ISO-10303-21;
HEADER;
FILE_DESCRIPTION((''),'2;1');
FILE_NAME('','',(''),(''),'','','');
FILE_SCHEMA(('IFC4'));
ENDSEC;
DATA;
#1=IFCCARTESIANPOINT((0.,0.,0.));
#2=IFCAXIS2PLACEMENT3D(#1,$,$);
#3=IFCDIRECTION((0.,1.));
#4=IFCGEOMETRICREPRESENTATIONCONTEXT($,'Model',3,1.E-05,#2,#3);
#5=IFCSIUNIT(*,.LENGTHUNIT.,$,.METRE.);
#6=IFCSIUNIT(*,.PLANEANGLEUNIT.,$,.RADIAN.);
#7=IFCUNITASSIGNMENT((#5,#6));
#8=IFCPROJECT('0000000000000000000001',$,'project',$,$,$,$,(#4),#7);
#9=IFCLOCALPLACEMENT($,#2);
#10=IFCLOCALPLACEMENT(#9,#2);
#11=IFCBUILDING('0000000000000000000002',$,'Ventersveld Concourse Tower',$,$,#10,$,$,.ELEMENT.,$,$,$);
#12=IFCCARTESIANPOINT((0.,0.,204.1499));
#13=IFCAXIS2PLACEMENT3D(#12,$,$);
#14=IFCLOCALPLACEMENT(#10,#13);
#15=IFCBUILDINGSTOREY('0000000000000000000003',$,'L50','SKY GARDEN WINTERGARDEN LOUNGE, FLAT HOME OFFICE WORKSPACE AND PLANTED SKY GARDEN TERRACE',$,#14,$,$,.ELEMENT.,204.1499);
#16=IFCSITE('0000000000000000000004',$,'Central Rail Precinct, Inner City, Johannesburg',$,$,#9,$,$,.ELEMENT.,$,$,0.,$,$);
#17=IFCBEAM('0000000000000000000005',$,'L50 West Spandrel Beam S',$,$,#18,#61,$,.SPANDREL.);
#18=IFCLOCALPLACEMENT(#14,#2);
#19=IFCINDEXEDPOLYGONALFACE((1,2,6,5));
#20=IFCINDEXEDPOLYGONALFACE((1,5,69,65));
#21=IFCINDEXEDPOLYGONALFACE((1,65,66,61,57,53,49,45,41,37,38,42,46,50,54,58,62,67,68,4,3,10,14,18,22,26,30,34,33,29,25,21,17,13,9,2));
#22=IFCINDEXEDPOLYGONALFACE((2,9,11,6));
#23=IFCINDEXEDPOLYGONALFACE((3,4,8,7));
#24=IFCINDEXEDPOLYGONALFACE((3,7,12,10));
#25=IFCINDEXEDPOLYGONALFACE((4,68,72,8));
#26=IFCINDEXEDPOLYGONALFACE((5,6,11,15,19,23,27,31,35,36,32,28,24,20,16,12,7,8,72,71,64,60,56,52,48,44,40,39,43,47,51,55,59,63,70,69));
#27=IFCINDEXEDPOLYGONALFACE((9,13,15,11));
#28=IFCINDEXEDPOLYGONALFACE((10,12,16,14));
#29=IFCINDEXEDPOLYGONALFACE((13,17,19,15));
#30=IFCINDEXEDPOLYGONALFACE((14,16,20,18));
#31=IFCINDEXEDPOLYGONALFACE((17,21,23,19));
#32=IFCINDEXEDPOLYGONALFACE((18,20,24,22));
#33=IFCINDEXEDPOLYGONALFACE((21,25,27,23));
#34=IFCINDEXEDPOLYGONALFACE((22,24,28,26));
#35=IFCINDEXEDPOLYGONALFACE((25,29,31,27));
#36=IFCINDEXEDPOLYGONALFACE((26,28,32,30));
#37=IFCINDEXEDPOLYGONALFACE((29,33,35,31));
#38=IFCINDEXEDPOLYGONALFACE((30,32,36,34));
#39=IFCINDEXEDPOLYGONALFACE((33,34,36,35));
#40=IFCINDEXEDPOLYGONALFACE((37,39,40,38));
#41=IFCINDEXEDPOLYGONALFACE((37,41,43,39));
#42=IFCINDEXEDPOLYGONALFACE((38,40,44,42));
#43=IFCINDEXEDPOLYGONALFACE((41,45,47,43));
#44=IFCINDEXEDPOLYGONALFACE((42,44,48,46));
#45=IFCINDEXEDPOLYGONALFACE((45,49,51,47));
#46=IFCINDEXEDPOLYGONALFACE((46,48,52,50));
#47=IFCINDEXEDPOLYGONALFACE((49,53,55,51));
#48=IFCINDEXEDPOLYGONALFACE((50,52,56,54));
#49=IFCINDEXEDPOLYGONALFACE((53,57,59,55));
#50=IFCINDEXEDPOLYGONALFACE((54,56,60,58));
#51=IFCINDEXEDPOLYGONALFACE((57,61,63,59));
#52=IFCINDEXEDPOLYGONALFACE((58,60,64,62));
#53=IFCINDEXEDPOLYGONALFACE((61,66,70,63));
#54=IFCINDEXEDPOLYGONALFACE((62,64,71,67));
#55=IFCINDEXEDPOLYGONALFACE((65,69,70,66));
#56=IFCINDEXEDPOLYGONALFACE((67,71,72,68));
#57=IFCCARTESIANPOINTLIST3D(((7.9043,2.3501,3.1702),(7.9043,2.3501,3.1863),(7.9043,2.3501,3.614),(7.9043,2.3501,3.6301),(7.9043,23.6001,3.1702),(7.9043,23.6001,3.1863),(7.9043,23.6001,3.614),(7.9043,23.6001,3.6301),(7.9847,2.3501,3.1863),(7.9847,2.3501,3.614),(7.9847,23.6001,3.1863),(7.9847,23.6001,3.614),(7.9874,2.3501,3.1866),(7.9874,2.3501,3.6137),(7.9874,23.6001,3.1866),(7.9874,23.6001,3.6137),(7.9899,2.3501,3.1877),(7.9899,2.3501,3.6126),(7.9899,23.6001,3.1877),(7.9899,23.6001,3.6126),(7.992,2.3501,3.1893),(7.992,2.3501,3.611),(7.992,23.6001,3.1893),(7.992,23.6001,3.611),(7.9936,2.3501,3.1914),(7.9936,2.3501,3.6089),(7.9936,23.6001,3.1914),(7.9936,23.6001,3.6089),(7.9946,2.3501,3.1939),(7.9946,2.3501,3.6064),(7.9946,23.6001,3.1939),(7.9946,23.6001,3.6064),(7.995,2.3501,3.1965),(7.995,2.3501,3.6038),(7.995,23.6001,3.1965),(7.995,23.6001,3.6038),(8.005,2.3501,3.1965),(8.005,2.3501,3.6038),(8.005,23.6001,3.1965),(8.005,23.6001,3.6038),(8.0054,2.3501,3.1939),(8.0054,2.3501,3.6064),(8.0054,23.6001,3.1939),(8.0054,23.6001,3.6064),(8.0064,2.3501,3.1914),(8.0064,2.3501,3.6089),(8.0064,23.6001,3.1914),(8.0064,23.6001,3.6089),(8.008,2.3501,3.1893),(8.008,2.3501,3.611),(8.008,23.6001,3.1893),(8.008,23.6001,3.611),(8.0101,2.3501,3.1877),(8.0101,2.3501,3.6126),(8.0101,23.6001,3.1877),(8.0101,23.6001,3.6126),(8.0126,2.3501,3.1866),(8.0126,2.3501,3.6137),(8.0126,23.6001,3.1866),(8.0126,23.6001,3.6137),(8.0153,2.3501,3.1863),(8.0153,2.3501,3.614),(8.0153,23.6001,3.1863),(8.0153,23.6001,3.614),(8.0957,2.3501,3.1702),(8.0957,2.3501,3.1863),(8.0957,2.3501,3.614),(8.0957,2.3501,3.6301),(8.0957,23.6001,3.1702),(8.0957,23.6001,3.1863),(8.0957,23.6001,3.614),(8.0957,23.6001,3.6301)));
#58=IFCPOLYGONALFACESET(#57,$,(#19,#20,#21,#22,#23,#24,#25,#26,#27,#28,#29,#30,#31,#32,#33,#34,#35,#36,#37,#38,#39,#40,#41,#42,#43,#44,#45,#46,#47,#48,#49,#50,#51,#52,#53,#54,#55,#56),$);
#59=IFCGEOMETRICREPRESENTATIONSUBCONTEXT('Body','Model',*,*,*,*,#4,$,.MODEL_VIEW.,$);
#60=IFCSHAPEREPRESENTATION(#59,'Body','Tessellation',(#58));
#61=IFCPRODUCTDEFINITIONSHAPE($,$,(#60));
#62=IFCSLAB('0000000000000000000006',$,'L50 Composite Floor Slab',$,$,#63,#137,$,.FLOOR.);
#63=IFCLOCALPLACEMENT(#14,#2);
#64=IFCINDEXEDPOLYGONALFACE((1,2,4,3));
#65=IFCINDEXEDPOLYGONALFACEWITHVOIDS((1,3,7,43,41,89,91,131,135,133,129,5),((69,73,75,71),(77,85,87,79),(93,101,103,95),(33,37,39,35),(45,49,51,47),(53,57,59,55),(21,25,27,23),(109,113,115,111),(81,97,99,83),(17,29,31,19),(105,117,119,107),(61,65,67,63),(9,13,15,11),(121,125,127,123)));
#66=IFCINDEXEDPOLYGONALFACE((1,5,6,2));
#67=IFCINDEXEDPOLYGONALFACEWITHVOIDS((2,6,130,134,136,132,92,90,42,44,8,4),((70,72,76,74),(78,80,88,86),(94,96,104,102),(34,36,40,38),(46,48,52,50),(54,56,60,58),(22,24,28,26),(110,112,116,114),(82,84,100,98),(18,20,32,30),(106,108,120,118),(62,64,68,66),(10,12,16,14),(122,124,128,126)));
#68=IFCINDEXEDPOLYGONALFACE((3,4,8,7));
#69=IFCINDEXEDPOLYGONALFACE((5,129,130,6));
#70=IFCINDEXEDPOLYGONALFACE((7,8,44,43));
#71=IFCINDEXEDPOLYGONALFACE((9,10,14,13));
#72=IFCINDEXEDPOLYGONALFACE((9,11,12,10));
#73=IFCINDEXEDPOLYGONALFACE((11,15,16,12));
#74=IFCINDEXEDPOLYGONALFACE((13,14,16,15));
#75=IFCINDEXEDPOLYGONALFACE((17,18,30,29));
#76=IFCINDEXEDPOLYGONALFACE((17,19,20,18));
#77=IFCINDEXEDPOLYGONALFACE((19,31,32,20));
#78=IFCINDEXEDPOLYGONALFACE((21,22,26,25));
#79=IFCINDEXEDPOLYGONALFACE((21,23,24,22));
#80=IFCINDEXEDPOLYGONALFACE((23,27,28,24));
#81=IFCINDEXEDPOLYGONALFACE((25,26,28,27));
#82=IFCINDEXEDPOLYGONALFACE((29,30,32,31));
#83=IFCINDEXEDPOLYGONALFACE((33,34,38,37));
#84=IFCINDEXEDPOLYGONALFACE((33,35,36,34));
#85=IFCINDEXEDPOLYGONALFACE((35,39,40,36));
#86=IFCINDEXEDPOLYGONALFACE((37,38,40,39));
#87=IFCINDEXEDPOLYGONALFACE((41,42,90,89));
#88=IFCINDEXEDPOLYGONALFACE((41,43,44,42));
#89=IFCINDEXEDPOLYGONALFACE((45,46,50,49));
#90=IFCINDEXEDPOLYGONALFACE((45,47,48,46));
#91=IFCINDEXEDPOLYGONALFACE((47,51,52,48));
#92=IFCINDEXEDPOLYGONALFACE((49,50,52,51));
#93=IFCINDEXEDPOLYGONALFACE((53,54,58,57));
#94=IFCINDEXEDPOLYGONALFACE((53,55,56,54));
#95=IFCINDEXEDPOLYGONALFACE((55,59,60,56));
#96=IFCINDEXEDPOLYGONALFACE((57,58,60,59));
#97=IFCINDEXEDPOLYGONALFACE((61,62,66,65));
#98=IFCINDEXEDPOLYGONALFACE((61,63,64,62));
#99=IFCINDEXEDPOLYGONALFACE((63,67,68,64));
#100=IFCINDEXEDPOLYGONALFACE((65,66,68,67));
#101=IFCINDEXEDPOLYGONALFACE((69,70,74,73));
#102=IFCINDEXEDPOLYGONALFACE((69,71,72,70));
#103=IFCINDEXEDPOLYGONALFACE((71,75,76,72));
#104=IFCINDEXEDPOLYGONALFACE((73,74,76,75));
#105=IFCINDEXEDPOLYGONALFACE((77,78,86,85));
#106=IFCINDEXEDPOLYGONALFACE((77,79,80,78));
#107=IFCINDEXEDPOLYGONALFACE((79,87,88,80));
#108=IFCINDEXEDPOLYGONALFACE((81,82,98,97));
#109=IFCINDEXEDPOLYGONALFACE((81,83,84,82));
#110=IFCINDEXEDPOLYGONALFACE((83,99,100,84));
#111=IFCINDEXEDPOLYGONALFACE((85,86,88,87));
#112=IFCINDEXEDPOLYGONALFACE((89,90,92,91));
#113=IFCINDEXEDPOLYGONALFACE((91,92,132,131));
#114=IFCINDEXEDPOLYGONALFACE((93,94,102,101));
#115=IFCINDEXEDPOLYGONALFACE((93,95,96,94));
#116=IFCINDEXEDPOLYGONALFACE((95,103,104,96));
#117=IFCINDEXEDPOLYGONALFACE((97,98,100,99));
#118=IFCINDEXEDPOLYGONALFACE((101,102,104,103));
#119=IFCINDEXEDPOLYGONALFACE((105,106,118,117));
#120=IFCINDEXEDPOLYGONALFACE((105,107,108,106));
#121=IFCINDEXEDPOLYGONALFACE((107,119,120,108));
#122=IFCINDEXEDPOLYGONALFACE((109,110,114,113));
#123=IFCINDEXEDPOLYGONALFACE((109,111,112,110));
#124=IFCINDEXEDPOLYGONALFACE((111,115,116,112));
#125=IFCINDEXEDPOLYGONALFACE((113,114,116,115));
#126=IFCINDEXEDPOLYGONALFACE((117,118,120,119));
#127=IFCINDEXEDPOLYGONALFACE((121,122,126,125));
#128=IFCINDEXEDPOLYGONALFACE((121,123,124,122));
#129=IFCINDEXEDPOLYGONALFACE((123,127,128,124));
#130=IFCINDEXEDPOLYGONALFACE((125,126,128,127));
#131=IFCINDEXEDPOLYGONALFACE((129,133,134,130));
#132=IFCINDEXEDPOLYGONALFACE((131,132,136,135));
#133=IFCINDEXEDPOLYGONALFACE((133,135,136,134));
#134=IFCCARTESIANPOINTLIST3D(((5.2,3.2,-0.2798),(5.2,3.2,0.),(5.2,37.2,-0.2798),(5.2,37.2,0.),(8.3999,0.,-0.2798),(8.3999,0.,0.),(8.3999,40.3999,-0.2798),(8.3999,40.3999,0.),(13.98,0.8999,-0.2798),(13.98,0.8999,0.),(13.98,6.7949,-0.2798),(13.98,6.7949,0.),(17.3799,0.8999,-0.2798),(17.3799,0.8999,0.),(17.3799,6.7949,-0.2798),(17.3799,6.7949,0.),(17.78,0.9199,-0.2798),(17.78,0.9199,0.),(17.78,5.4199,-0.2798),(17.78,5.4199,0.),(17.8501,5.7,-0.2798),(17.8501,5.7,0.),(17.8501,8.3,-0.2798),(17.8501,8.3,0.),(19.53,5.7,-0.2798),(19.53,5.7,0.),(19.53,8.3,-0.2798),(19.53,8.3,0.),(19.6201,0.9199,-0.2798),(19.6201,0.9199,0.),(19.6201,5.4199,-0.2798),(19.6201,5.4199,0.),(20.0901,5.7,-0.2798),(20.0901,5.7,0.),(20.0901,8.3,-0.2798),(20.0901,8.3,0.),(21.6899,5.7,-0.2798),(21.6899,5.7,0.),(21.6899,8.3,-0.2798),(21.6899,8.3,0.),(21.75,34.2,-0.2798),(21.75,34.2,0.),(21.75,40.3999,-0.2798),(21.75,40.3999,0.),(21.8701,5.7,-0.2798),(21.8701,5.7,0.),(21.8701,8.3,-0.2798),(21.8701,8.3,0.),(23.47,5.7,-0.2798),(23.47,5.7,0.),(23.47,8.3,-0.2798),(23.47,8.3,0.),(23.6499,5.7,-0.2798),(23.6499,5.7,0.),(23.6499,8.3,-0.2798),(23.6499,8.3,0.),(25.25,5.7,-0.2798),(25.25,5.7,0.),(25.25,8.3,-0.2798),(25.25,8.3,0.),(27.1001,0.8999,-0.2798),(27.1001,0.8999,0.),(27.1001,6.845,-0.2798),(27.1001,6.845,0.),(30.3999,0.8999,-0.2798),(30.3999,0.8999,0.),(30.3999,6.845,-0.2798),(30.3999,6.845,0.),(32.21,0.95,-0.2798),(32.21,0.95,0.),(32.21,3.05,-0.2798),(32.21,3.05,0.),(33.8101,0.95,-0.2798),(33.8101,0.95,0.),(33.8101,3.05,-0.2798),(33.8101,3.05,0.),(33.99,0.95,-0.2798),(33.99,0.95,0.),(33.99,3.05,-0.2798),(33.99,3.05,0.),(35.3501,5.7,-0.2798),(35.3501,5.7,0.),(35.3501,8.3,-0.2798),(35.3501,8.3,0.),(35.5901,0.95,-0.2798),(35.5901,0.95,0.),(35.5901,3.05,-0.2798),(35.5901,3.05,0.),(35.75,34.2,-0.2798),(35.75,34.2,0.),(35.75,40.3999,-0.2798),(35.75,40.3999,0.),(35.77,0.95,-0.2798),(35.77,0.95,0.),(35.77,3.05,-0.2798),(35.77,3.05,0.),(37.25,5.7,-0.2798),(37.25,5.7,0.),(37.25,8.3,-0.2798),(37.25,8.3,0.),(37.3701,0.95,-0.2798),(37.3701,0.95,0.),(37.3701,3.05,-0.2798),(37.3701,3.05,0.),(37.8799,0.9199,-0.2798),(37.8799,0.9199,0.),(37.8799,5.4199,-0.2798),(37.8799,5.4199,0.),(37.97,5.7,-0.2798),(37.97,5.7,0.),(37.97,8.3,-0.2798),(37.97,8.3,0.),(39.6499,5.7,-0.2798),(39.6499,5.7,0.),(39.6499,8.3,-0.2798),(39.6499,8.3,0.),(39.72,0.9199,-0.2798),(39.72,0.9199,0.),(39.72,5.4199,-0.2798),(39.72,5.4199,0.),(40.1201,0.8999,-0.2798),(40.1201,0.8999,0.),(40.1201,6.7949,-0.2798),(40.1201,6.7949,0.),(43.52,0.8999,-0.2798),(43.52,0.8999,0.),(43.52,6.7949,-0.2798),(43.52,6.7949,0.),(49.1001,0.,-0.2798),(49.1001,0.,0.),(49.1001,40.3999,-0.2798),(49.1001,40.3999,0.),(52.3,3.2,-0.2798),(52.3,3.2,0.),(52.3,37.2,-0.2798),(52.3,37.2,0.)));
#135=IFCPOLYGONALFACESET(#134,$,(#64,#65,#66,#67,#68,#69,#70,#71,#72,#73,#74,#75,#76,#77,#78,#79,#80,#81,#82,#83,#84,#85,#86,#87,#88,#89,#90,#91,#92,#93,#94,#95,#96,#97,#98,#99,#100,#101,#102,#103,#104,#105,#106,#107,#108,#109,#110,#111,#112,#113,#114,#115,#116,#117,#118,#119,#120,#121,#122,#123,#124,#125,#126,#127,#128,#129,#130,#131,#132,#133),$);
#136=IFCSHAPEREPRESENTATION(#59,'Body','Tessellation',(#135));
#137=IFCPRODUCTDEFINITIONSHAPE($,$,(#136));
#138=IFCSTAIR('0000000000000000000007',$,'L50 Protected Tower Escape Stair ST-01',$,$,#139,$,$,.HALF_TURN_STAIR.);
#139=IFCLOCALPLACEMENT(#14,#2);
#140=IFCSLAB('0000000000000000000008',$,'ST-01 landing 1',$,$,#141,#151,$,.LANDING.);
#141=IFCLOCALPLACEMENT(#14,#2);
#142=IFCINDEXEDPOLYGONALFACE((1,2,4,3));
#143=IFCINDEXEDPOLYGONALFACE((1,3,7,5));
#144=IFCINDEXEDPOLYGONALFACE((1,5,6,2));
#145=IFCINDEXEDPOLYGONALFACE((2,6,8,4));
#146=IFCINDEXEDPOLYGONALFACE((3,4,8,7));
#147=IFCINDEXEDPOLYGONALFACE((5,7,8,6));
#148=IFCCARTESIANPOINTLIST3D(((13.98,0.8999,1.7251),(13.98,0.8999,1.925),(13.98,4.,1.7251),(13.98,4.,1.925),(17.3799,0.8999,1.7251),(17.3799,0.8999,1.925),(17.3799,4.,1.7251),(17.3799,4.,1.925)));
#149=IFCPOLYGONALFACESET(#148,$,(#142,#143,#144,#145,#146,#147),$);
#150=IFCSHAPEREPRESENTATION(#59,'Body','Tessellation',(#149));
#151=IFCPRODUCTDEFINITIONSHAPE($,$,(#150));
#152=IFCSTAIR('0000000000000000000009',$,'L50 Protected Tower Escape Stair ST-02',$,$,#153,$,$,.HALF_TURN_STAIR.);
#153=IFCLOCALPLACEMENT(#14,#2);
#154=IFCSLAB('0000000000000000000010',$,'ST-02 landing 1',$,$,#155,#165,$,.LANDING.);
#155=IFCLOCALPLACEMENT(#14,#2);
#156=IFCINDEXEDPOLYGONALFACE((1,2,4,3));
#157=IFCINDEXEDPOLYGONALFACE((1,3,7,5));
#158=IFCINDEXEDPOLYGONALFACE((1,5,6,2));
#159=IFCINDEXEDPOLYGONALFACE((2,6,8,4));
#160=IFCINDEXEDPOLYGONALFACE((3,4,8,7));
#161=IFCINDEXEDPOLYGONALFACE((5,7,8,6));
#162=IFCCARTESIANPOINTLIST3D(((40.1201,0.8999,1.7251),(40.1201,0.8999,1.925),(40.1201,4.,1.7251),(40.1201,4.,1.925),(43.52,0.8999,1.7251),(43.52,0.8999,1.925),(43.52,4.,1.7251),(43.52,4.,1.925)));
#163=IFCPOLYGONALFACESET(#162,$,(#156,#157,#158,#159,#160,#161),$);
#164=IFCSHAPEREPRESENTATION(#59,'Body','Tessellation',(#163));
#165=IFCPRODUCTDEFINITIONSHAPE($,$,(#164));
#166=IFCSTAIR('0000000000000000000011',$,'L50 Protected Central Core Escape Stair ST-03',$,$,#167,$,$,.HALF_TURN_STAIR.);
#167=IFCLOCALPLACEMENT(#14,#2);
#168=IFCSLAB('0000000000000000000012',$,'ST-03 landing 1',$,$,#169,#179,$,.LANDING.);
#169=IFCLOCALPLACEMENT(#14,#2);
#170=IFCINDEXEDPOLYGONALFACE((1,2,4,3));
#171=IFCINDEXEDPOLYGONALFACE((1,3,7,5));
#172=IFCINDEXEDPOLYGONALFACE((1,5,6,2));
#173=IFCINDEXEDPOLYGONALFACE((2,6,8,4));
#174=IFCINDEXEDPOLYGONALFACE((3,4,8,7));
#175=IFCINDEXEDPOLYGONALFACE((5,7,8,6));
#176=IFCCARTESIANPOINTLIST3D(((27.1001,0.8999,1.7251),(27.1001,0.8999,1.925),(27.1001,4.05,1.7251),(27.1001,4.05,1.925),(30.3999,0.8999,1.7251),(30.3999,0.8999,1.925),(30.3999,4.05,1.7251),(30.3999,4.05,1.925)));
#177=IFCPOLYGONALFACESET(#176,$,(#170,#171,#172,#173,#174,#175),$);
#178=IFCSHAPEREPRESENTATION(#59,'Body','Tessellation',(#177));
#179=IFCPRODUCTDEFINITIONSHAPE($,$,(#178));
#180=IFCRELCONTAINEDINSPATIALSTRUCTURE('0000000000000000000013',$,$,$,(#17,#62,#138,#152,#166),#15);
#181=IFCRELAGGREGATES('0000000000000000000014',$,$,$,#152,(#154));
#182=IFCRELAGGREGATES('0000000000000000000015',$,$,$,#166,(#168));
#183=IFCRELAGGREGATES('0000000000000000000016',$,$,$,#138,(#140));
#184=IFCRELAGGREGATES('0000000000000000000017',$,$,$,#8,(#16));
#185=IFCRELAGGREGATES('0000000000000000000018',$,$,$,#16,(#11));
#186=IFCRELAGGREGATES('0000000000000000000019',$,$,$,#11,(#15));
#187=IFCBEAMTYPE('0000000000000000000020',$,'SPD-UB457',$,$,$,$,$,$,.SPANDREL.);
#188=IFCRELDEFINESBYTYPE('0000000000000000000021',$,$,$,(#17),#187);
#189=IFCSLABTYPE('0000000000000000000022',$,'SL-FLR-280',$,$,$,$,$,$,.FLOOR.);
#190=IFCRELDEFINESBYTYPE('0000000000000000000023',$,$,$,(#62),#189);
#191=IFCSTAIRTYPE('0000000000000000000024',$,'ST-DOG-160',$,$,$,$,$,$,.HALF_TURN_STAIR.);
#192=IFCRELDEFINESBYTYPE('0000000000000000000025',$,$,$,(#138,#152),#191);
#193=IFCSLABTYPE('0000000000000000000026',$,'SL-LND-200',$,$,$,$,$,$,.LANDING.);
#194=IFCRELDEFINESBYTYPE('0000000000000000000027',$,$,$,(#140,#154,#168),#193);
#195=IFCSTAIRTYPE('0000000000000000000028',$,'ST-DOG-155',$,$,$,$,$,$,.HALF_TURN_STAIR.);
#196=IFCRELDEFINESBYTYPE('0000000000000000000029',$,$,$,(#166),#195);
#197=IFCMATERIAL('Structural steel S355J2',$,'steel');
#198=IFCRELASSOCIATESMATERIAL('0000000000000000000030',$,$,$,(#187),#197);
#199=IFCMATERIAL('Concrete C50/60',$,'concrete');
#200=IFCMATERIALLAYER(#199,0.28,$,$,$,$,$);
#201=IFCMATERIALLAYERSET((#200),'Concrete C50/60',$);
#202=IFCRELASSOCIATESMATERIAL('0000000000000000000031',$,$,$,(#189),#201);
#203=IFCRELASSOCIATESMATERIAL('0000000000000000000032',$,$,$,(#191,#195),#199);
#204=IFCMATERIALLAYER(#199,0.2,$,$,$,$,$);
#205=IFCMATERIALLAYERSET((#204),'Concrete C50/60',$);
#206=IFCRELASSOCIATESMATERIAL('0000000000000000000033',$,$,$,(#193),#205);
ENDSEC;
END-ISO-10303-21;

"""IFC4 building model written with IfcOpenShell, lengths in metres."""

from ifc_helpers import new_model, si_unit, direction, frame, origin, origin_2d, place, context, subcontext, project, spatial, polyline, i_section, outline, extrude, material, layer, layer_set, material_profile, profile_set, type_object, element, aggregate, save


model = new_model("IFC4")

# Units and contexts
model_context = context("Model", 3, precision=1e-05, world=origin(), true_north=direction((0.0, 1.0)))
body_context = subcontext(model_context, "Body", "Model", "MODEL_VIEW")
ifc_project = project(units=[si_unit("LENGTHUNIT", "METRE"), si_unit("PLANEANGLEUNIT", "RADIAN")], contexts=[model_context])

# Site, building, storey
site_placement = place(None, origin())
site = spatial("IfcSite", under=ifc_project, at=site_placement, Name="Central Rail Precinct, Inner City, Johannesburg", CompositionType="ELEMENT", RefElevation=0.0)
building_placement = place(site_placement, origin())
building = spatial("IfcBuilding", under=site, at=building_placement, Name="Ventersveld Concourse Tower", CompositionType="ELEMENT")
storey_placement = place(building_placement, frame((0.0, 0.0, 204.1499)))
storey = spatial("IfcBuildingStorey", under=building, at=storey_placement, Name="L50", Description="SKY GARDEN WINTERGARDEN LOUNGE, FLAT HOME OFFICE WORKSPACE AND PLANTED SKY GARDEN TERRACE", CompositionType="ELEMENT", Elevation=204.1499)

# Shared definitions
ifc_material_1 = material(Name="Concrete C50/60", Category="concrete")

# Shared definitions
ifc_material_2 = material(Name="Structural steel S355J2", Category="steel")

# Beam
ifc_material_profile_1 = material_profile(ifc_material_2, i_section(OverallWidth=0.1914, OverallDepth=0.46, WebThickness=0.01, FlangeThickness=0.0161, FilletRadius=0.0103, at=origin_2d()), Name="UB 457x191x82")
ifc_profile_set_1 = profile_set([ifc_material_profile_1], Name="Structural steel S355J2")
beam_type_1 = type_object("IfcBeamType", Name="SPD-UB457", PredefinedType="SPANDREL", material=ifc_profile_set_1)
beam_1_placement = place(storey_placement, frame((8.0, 2.3501, 3.4001), z_axis=(0.0, 1.0, 0.0), x_axis=(-1.0, 0.0, 0.0)))
element("IfcBeam", 1, at=beam_1_placement, inside=storey, type_object=beam_type_1, Name="L50 West Spandrel Beam S", PredefinedType="SPANDREL", context=body_context, shape_type="SweptSolid", body=[
    extrude(i_section(OverallWidth=0.1914, OverallDepth=0.46, WebThickness=0.01, FlangeThickness=0.0161, FilletRadius=0.0103, at=origin_2d()), origin(), (0.0, 0.0, 1.0), 21.25),
])

# Slab
ifc_layer_1 = layer(ifc_material_1, 0.28)
ifc_layer_set_1 = layer_set([ifc_layer_1], Name="Concrete C50/60")
slab_type_1 = type_object("IfcSlabType", Name="SL-FLR-280", PredefinedType="FLOOR", material=ifc_layer_set_1)
slab_1_placement = place(storey_placement, frame((0.0, 0.0, -0.2798)))
element("IfcSlab", 2, at=slab_1_placement, inside=storey, type_object=slab_type_1, Name="L50 Composite Floor Slab", PredefinedType="FLOOR", context=body_context, shape_type="SweptSolid", body=[
    extrude(outline(polyline([(8.3999, 0.0), (49.1001, 0.0), (52.3, 3.2), (52.3, 37.2), (49.1001, 40.3999), (35.75, 40.3999), (35.75, 34.2), (21.75, 34.2), (21.75, 40.3999), (8.3999, 40.3999), (5.2, 37.2), (5.2, 3.2), (8.3999, 0.0)]), holes=[polyline([(13.98, 6.7949), (13.98, 0.8999), (17.3799, 0.8999), (17.3799, 6.7949), (13.98, 6.7949)]), polyline([(40.1201, 6.7949), (40.1201, 0.8999), (43.52, 0.8999), (43.52, 6.7949), (40.1201, 6.7949)]), polyline([(27.1001, 6.845), (27.1001, 0.8999), (30.3999, 0.8999), (30.3999, 6.845), (27.1001, 6.845)]), polyline([(17.8501, 5.7), (19.53, 5.7), (19.53, 8.3), (17.8501, 8.3), (17.8501, 5.7)]), polyline([(37.97, 5.7), (39.6499, 5.7), (39.6499, 8.3), (37.97, 8.3), (37.97, 5.7)]), polyline([(35.3501, 5.7), (37.25, 5.7), (37.25, 8.3), (35.3501, 8.3), (35.3501, 5.7)]), polyline([(32.21, 0.95), (33.8101, 0.95), (33.8101, 3.05), (32.21, 3.05), (32.21, 0.95)]), polyline([(33.99, 0.95), (35.5901, 0.95), (35.5901, 3.05), (33.99, 3.05), (33.99, 0.95)]), polyline([(35.77, 0.95), (37.3701, 0.95), (37.3701, 3.05), (35.77, 3.05), (35.77, 0.95)]), polyline([(20.0901, 5.7), (21.6899, 5.7), (21.6899, 8.3), (20.0901, 8.3), (20.0901, 5.7)]), polyline([(21.8701, 5.7), (23.47, 5.7), (23.47, 8.3), (21.8701, 8.3), (21.8701, 5.7)]), polyline([(23.6499, 5.7), (25.25, 5.7), (25.25, 8.3), (23.6499, 8.3), (23.6499, 5.7)]), polyline([(17.78, 0.9199), (19.6201, 0.9199), (19.6201, 5.4199), (17.78, 5.4199), (17.78, 0.9199)]), polyline([(37.8799, 0.9199), (39.72, 0.9199), (39.72, 5.4199), (37.8799, 5.4199), (37.8799, 0.9199)])]), origin(), (0.0, 0.0, 1.0), 0.2798),
])

# Stairs, slabs
stair_type_1 = type_object("IfcStairType", Name="ST-DOG-160", PredefinedType="HALF_TURN_STAIR", material=ifc_material_1)
stair_1_placement = place(storey_placement, origin())
stair_1 = element("IfcStair", 3, at=stair_1_placement, inside=storey, type_object=stair_type_1, Name="L50 Protected Tower Escape Stair ST-01", PredefinedType="HALF_TURN_STAIR")
ifc_layer_2 = layer(ifc_material_1, 0.2)
ifc_layer_set_2 = layer_set([ifc_layer_2], Name="Concrete C50/60")
slab_type_2 = type_object("IfcSlabType", Name="SL-LND-200", PredefinedType="LANDING", material=ifc_layer_set_2)
slab_2_placement = place(storey_placement, frame((0.0, 0.0, 1.7251)))
slab_2 = element("IfcSlab", 4, at=slab_2_placement, type_object=slab_type_2, Name="ST-01 landing 1", PredefinedType="LANDING", context=body_context, shape_type="SweptSolid", body=[
    extrude(outline(polyline([(13.98, 4.0), (13.98, 0.8999), (17.3799, 0.8999), (17.3799, 4.0), (13.98, 4.0)])), origin(), (0.0, 0.0, 1.0), 0.2),
])
stair_2_placement = place(storey_placement, origin())
stair_2 = element("IfcStair", 5, at=stair_2_placement, inside=storey, type_object=stair_type_1, Name="L50 Protected Tower Escape Stair ST-02", PredefinedType="HALF_TURN_STAIR")
slab_3_placement = place(storey_placement, frame((0.0, 0.0, 1.7251)))
slab_3 = element("IfcSlab", 6, at=slab_3_placement, type_object=slab_type_2, Name="ST-02 landing 1", PredefinedType="LANDING", context=body_context, shape_type="SweptSolid", body=[
    extrude(outline(polyline([(40.1201, 4.0), (40.1201, 0.8999), (43.52, 0.8999), (43.52, 4.0), (40.1201, 4.0)])), origin(), (0.0, 0.0, 1.0), 0.2),
])
aggregate(stair_2, [slab_3])
stair_type_2 = type_object("IfcStairType", Name="ST-DOG-155", PredefinedType="HALF_TURN_STAIR", material=ifc_material_1)
stair_3_placement = place(storey_placement, origin())
stair_3 = element("IfcStair", 7, at=stair_3_placement, inside=storey, type_object=stair_type_2, Name="L50 Protected Central Core Escape Stair ST-03", PredefinedType="HALF_TURN_STAIR")
slab_4_placement = place(storey_placement, frame((0.0, 0.0, 1.7251)))
slab_4 = element("IfcSlab", 8, at=slab_4_placement, type_object=slab_type_2, Name="ST-03 landing 1", PredefinedType="LANDING", context=body_context, shape_type="SweptSolid", body=[
    extrude(outline(polyline([(27.1001, 4.05), (27.1001, 0.8999), (30.3999, 0.8999), (30.3999, 4.05), (27.1001, 4.05)])), origin(), (0.0, 0.0, 1.0), 0.2),
])
aggregate(stair_3, [slab_4])

aggregate(stair_1, [slab_2])

save(model, "model.ifc")
